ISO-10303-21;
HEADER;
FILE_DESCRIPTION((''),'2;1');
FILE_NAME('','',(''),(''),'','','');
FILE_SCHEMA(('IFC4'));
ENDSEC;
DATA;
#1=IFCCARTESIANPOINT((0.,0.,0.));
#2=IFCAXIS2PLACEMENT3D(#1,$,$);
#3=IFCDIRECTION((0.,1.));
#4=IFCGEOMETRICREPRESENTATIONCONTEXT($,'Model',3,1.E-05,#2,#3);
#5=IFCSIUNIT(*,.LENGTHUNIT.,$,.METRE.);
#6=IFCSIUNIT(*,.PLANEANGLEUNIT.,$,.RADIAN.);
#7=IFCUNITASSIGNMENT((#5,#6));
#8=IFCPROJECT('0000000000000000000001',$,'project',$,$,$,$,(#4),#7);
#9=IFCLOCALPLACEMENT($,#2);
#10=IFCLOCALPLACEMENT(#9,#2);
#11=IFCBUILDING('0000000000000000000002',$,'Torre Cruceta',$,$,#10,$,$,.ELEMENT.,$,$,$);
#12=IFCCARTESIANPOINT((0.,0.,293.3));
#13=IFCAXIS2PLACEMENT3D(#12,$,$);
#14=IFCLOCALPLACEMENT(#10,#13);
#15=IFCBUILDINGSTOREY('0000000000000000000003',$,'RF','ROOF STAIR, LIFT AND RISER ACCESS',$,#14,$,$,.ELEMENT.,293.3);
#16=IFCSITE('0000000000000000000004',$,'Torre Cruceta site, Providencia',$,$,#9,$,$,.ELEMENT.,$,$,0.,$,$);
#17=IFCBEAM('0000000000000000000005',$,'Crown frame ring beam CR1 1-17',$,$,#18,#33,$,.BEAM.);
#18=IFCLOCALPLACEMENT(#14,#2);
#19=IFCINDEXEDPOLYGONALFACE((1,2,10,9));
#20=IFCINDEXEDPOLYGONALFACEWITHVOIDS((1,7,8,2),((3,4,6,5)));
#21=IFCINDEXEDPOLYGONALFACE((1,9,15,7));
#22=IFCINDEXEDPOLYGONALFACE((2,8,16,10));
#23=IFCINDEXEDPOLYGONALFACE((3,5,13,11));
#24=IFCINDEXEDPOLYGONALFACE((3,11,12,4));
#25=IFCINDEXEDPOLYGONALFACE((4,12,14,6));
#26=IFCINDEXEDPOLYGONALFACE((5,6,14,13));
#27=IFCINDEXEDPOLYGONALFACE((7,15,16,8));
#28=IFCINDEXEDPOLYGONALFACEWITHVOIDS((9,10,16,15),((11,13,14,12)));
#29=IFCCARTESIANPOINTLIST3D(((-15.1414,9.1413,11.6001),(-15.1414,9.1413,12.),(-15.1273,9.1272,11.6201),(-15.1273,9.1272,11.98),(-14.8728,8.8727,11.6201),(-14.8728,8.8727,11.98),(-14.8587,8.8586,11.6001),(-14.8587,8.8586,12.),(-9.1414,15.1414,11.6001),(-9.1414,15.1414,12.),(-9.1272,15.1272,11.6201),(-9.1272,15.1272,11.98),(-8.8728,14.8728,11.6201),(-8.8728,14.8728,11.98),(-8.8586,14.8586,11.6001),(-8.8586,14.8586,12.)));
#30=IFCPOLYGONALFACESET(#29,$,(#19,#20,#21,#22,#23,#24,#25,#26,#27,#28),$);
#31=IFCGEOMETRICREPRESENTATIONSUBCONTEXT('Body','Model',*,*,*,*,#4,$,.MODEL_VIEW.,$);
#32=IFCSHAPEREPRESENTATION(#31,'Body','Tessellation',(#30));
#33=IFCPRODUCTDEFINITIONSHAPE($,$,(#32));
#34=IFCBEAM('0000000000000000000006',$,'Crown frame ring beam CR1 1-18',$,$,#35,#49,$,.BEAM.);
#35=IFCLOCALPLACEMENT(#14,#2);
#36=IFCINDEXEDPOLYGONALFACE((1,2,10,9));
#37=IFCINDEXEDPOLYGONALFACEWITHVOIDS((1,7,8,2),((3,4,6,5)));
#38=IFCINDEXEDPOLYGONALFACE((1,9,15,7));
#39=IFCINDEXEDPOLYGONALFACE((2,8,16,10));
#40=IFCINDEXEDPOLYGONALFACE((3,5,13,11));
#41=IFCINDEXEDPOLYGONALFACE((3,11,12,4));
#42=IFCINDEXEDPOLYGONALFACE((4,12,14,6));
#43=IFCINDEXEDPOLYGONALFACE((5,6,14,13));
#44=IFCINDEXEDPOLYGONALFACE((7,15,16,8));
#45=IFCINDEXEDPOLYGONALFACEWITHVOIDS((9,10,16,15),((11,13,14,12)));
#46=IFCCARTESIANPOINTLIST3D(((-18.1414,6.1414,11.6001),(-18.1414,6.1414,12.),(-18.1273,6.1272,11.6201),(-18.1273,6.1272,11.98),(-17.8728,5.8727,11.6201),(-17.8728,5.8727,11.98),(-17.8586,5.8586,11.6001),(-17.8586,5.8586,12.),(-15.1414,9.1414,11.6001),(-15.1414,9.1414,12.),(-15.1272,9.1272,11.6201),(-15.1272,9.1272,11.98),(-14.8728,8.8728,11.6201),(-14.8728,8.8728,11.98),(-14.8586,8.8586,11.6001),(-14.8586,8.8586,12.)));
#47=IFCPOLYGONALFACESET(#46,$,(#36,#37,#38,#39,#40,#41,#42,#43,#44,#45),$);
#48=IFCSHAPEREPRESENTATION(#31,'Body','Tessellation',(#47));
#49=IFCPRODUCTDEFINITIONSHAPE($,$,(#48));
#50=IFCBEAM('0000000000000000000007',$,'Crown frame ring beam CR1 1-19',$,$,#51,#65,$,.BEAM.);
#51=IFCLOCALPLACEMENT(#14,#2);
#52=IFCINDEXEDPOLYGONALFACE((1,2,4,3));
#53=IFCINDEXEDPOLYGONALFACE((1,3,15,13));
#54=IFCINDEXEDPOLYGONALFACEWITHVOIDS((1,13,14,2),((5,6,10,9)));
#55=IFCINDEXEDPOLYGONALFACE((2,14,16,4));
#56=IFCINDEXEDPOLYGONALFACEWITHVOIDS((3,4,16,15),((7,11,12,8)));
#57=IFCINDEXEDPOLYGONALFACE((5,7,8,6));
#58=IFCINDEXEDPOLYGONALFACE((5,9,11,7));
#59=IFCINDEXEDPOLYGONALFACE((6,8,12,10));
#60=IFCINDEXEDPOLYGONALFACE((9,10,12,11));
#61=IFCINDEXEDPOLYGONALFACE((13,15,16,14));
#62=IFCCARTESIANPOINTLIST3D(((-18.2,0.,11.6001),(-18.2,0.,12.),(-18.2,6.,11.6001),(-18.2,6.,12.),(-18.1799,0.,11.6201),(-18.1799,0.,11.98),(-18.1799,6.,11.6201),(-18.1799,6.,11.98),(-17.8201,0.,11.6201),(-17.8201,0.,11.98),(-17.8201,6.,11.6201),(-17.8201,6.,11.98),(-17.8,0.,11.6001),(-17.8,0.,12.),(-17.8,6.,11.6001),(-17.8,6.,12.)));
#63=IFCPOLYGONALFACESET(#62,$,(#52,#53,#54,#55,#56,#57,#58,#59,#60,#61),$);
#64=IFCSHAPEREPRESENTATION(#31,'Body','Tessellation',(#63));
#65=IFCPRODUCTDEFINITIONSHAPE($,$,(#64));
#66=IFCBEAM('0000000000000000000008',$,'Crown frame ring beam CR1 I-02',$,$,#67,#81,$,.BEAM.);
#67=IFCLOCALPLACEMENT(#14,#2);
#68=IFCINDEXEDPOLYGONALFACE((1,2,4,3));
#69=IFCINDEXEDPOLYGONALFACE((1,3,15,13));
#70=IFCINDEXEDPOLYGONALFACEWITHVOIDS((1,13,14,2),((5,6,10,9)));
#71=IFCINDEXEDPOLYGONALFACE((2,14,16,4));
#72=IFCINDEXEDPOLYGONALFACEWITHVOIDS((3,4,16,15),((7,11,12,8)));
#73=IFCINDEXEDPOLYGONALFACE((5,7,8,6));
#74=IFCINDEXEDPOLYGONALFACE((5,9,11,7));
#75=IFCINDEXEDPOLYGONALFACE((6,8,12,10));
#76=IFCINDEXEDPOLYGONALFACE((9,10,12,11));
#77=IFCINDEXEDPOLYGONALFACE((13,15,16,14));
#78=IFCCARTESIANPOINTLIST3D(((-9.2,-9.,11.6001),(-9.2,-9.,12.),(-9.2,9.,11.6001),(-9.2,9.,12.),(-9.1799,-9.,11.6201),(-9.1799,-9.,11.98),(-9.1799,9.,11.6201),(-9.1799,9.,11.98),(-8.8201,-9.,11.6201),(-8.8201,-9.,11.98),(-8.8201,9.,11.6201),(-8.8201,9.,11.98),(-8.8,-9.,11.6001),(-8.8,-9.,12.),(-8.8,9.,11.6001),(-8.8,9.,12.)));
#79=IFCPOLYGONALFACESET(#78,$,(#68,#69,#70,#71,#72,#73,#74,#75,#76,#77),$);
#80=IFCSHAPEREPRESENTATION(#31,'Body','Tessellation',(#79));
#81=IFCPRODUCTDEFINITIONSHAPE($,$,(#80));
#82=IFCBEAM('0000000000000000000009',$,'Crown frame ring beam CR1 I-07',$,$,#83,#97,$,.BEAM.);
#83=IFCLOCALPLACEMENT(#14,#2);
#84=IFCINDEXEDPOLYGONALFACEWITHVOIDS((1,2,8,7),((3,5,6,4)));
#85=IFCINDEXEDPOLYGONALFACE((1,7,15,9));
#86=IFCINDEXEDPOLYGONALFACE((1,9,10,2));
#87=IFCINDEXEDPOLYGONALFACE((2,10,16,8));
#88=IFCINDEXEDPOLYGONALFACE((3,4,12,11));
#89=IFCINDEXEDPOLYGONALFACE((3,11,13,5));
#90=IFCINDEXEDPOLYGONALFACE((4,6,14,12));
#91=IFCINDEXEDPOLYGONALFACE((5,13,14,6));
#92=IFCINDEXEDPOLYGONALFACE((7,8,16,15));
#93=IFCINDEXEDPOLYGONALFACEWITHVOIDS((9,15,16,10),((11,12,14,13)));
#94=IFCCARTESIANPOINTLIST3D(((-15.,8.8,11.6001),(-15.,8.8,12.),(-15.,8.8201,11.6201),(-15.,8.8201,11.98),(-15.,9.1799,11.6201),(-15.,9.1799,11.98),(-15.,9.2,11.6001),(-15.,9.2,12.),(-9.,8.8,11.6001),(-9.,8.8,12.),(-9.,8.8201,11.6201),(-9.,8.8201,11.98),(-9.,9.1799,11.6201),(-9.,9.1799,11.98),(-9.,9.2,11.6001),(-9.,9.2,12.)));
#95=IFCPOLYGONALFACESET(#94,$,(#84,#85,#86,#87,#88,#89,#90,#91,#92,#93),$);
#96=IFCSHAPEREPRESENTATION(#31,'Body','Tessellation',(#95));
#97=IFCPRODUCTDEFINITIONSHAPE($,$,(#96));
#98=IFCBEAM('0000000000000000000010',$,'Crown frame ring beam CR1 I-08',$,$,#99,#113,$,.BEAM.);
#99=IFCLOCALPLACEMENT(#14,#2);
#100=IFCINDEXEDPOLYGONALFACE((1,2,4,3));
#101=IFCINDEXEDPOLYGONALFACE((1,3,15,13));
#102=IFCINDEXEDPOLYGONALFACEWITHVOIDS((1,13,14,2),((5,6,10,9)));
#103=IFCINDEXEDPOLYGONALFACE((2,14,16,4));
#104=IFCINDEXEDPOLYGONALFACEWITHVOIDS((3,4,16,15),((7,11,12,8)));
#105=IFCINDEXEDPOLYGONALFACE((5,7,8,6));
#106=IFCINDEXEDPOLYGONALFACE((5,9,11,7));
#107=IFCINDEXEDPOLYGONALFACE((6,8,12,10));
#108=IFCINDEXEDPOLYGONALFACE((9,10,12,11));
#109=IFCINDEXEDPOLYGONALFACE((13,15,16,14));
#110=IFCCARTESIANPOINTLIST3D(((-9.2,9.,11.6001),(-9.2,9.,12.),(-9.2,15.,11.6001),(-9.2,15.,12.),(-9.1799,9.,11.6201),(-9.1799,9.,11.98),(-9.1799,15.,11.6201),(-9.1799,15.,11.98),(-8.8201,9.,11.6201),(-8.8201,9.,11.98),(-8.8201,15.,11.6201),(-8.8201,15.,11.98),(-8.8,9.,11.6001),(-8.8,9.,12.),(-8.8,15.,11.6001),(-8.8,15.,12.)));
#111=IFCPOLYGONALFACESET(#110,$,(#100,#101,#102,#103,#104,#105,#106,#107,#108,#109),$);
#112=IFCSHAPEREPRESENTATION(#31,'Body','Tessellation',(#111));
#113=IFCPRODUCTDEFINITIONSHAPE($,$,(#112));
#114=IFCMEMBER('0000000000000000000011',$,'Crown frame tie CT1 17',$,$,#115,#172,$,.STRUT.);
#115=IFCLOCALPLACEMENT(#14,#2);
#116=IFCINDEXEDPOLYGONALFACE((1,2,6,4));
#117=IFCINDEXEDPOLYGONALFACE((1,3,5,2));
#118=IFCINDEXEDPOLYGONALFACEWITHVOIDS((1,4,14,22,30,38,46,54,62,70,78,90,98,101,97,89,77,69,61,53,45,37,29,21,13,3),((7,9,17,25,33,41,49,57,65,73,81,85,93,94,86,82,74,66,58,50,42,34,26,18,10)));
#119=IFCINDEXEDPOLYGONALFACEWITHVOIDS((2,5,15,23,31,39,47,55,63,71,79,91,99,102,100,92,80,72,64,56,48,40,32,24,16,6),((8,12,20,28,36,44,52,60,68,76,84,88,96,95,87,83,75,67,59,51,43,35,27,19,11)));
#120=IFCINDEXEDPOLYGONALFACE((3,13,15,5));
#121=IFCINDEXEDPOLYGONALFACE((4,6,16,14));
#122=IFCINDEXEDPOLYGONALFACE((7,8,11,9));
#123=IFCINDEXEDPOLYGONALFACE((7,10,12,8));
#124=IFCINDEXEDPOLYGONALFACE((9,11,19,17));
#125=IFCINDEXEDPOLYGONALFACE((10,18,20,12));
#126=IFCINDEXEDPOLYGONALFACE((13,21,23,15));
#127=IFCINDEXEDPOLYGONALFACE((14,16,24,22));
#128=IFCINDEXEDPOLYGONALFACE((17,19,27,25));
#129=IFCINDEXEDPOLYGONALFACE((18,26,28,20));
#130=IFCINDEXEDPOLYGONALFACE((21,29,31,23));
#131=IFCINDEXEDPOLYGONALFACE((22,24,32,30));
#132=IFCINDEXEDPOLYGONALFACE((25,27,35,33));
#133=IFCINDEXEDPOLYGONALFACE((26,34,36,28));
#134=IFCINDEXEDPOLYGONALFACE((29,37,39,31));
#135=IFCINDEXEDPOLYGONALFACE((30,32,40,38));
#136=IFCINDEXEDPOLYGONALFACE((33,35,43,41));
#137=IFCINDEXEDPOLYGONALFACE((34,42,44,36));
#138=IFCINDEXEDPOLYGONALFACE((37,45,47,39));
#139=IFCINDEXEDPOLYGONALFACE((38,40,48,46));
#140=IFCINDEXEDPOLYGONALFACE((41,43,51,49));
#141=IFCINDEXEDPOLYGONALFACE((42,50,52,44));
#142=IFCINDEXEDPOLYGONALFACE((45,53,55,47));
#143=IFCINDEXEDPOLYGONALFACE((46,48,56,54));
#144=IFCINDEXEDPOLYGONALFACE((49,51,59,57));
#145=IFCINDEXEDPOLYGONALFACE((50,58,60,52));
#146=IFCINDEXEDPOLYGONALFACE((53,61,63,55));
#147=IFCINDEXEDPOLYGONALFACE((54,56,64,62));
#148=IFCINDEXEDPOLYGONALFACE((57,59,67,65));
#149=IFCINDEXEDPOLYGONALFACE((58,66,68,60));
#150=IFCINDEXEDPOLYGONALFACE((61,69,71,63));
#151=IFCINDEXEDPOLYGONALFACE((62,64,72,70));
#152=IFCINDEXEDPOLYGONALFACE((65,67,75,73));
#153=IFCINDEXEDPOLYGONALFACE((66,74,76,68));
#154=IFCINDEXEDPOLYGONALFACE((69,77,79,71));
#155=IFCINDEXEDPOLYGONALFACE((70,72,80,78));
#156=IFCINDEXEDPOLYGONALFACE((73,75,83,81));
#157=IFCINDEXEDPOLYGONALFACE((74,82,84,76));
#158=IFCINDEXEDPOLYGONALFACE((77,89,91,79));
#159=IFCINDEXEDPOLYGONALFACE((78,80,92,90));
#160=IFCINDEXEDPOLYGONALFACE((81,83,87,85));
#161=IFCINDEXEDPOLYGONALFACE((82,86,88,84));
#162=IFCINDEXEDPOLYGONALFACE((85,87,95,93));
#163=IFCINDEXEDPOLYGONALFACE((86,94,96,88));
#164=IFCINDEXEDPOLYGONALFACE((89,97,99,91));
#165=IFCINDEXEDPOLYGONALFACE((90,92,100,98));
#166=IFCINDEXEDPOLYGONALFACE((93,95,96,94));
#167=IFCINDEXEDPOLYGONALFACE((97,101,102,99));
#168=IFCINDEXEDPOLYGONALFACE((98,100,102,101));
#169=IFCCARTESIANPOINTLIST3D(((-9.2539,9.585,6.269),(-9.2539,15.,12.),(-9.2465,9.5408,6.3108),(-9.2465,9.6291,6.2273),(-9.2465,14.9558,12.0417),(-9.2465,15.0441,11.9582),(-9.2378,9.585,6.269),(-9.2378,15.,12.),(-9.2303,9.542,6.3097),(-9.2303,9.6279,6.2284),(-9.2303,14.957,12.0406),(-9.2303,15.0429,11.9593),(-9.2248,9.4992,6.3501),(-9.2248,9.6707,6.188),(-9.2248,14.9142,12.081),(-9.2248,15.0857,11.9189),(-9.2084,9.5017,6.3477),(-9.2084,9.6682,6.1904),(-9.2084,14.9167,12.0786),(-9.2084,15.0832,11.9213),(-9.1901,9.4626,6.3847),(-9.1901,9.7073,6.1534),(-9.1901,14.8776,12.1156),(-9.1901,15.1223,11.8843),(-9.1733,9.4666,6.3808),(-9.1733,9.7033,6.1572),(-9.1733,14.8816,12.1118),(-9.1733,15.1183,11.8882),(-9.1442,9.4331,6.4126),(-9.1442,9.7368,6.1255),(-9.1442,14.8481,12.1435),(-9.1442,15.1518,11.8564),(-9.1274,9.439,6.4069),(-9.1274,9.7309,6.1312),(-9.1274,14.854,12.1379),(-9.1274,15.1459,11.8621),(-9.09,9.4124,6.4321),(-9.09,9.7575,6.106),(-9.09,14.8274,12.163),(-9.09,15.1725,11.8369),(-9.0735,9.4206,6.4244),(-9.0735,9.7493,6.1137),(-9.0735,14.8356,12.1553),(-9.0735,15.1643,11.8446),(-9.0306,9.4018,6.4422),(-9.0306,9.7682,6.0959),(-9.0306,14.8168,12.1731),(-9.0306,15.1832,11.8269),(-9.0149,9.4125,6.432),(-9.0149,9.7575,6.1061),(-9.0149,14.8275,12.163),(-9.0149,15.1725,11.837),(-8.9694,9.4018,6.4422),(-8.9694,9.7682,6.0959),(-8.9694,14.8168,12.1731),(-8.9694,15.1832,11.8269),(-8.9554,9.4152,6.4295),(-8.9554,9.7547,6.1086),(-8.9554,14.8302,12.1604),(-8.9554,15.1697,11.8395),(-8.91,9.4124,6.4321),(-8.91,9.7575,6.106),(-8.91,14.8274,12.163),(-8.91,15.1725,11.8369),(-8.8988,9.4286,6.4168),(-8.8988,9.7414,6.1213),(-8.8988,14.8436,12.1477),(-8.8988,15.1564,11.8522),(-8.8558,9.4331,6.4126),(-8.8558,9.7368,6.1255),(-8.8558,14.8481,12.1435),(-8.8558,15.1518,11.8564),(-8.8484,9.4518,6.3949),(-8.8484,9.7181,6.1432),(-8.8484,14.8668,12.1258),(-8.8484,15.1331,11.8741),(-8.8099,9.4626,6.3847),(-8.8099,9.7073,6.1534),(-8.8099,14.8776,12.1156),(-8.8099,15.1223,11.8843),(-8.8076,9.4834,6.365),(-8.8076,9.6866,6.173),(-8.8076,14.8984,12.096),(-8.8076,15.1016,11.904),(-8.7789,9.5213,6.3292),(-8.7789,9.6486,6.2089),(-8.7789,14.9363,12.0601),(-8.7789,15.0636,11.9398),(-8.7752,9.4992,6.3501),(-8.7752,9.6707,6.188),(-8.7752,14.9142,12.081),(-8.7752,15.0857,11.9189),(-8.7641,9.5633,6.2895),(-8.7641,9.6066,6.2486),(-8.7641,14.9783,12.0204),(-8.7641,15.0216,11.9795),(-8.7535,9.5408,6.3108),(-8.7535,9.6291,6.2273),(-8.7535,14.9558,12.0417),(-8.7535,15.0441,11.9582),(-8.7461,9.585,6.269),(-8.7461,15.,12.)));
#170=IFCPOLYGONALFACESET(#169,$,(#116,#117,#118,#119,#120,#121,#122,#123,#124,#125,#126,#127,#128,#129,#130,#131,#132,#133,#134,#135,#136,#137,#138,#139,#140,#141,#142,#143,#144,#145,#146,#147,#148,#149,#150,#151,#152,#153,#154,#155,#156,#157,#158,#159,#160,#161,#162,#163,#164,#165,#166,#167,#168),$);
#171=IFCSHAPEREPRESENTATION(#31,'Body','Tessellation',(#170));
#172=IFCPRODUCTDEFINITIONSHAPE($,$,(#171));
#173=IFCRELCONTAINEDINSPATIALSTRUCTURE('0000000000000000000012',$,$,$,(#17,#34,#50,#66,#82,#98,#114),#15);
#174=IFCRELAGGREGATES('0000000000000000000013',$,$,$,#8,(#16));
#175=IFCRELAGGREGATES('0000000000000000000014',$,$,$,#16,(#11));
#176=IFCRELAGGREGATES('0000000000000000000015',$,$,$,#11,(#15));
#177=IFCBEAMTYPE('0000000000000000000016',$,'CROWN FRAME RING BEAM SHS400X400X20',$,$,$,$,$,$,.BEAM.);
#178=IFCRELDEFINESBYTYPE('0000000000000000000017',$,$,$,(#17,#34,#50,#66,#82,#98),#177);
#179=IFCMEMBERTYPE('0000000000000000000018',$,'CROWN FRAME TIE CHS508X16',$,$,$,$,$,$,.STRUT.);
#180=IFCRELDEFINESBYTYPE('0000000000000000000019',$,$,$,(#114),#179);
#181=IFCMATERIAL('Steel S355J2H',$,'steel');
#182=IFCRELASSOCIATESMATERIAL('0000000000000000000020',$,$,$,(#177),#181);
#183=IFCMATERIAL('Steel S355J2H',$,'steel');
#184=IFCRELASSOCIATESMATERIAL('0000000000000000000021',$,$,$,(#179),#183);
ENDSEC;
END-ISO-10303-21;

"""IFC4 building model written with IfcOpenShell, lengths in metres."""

from ifc_helpers import new_model, si_unit, direction, frame, origin, origin_2d, place, context, subcontext, project, spatial, hollow_rectangle, hollow_circle, extrude, material, material_profile, profile_set, type_object, element, save


model = new_model("IFC4")

# Units and contexts
model_context = context("Model", 3, precision=1e-05, world=origin(), true_north=direction((0.0, 1.0)))
body_context = subcontext(model_context, "Body", "Model", "MODEL_VIEW")
ifc_project = project(units=[si_unit("LENGTHUNIT", "METRE"), si_unit("PLANEANGLEUNIT", "RADIAN")], contexts=[model_context])

# Site, building, storey
site_placement = place(None, origin())
site = spatial("IfcSite", under=ifc_project, at=site_placement, Name="Torre Cruceta site, Providencia", CompositionType="ELEMENT", RefElevation=0.0)
building_placement = place(site_placement, origin())
building = spatial("IfcBuilding", under=site, at=building_placement, Name="Torre Cruceta", CompositionType="ELEMENT")
storey_placement = place(building_placement, frame((0.0, 0.0, 293.3)))
storey = spatial("IfcBuildingStorey", under=building, at=storey_placement, Name="RF", Description="ROOF STAIR, LIFT AND RISER ACCESS", CompositionType="ELEMENT", Elevation=293.3)

# Beams
ifc_material_1 = material(Name="Steel S355J2H", Category="steel")
ifc_material_profile_1 = material_profile(ifc_material_1, hollow_rectangle(XDim=0.3999, YDim=0.3999, WallThickness=0.02, at=origin_2d()), Name="SHS400X400X20")
ifc_profile_set_1 = profile_set([ifc_material_profile_1], Name="Steel S355J2H")
beam_type_1 = type_object("IfcBeamType", Name="CROWN FRAME RING BEAM SHS400X400X20", PredefinedType="BEAM", material=ifc_profile_set_1)
beam_1_placement = place(storey_placement, frame((-9.0, 15.0, 11.8), z_axis=(-0.707107, -0.707107, 0.0), x_axis=(0.707107, -0.707107, 0.0)))
element("IfcBeam", 1, at=beam_1_placement, inside=storey, type_object=beam_type_1, Name="Crown frame ring beam CR1 1-17", PredefinedType="BEAM", context=body_context, shape_type="SweptSolid", body=[
    extrude(hollow_rectangle(XDim=0.3999, YDim=0.3999, WallThickness=0.02, at=origin_2d()), origin(), (0.0, 0.0, 1.0), 8.4854),
])
beam_2_placement = place(storey_placement, frame((-15.0, 9.0, 11.8), z_axis=(-0.707107, -0.707107, 0.0), x_axis=(0.707107, -0.707107, 0.0)))
element("IfcBeam", 2, at=beam_2_placement, inside=storey, type_object=beam_type_1, Name="Crown frame ring beam CR1 1-18", PredefinedType="BEAM", context=body_context, shape_type="SweptSolid", body=[
    extrude(hollow_rectangle(XDim=0.3999, YDim=0.3999, WallThickness=0.02, at=origin_2d()), origin(), (0.0, 0.0, 1.0), 4.2427),
])
beam_3_placement = place(storey_placement, frame((-18.0, 6.0, 11.8), z_axis=(0.0, -1.0, 0.0), x_axis=(1.0, 0.0, 0.0)))
element("IfcBeam", 3, at=beam_3_placement, inside=storey, type_object=beam_type_1, Name="Crown frame ring beam CR1 1-19", PredefinedType="BEAM", context=body_context, shape_type="SweptSolid", body=[
    extrude(hollow_rectangle(XDim=0.3999, YDim=0.3999, WallThickness=0.02, at=origin_2d()), origin(), (0.0, 0.0, 1.0), 6.0),
])
beam_4_placement = place(storey_placement, frame((-9.0, 9.0, 11.8), z_axis=(0.0, -1.0, 0.0), x_axis=(1.0, 0.0, 0.0)))
element("IfcBeam", 4, at=beam_4_placement, inside=storey, type_object=beam_type_1, Name="Crown frame ring beam CR1 I-02", PredefinedType="BEAM", context=body_context, shape_type="SweptSolid", body=[
    extrude(hollow_rectangle(XDim=0.3999, YDim=0.3999, WallThickness=0.02, at=origin_2d()), origin(), (0.0, 0.0, 1.0), 18.0),
])
for number, where, z_axis, x_axis, name in (
    (5, (-9.0, 9.0, 11.8), (-1.0, 0.0, 0.0), (0.0, -1.0, 0.0), "Crown frame ring beam CR1 I-07"),
    (6, (-9.0, 9.0, 11.8), (0.0, 1.0, 0.0), (-1.0, 0.0, 0.0), "Crown frame ring beam CR1 I-08"),
):
    element("IfcBeam", number, at=place(storey_placement, frame(where, z_axis=z_axis, x_axis=x_axis)), inside=storey, type_object=beam_type_1, Name=name, PredefinedType="BEAM", context=body_context, shape_type="SweptSolid", body=[
        extrude(hollow_rectangle(XDim=0.3999, YDim=0.3999, WallThickness=0.02, at=origin_2d()), origin(), (0.0, 0.0, 1.0), 6.0),
    ])

# Member
ifc_material_2 = material(Name="Steel S355J2H", Category="steel")
ifc_material_profile_2 = material_profile(ifc_material_2, hollow_circle(Radius=0.2539, WallThickness=0.0161, at=origin_2d()), Name="CHS508X16")
ifc_profile_set_2 = profile_set([ifc_material_profile_2], Name="Steel S355J2H")
member_type_1 = type_object("IfcMemberType", Name="CROWN FRAME TIE CHS508X16", PredefinedType="STRUT", material=ifc_profile_set_2)
for number, where, z_axis, x_axis, name in (
    (7, (-9.0, 9.585, 6.269), (0.0, 0.686789, 0.726857), (-1.0, 0.0, 0.0), "Crown frame tie CT1 17"),
):
    element("IfcMember", number, at=place(storey_placement, frame(where, z_axis=z_axis, x_axis=x_axis)), inside=storey, type_object=member_type_1, Name=name, PredefinedType="STRUT", context=body_context, shape_type="SweptSolid", body=[
        extrude(hollow_circle(Radius=0.2539, WallThickness=0.0161, at=origin_2d()), origin(), (0.0, 0.0, 1.0), 7.8845),
    ])

save(model, "model.ifc")
